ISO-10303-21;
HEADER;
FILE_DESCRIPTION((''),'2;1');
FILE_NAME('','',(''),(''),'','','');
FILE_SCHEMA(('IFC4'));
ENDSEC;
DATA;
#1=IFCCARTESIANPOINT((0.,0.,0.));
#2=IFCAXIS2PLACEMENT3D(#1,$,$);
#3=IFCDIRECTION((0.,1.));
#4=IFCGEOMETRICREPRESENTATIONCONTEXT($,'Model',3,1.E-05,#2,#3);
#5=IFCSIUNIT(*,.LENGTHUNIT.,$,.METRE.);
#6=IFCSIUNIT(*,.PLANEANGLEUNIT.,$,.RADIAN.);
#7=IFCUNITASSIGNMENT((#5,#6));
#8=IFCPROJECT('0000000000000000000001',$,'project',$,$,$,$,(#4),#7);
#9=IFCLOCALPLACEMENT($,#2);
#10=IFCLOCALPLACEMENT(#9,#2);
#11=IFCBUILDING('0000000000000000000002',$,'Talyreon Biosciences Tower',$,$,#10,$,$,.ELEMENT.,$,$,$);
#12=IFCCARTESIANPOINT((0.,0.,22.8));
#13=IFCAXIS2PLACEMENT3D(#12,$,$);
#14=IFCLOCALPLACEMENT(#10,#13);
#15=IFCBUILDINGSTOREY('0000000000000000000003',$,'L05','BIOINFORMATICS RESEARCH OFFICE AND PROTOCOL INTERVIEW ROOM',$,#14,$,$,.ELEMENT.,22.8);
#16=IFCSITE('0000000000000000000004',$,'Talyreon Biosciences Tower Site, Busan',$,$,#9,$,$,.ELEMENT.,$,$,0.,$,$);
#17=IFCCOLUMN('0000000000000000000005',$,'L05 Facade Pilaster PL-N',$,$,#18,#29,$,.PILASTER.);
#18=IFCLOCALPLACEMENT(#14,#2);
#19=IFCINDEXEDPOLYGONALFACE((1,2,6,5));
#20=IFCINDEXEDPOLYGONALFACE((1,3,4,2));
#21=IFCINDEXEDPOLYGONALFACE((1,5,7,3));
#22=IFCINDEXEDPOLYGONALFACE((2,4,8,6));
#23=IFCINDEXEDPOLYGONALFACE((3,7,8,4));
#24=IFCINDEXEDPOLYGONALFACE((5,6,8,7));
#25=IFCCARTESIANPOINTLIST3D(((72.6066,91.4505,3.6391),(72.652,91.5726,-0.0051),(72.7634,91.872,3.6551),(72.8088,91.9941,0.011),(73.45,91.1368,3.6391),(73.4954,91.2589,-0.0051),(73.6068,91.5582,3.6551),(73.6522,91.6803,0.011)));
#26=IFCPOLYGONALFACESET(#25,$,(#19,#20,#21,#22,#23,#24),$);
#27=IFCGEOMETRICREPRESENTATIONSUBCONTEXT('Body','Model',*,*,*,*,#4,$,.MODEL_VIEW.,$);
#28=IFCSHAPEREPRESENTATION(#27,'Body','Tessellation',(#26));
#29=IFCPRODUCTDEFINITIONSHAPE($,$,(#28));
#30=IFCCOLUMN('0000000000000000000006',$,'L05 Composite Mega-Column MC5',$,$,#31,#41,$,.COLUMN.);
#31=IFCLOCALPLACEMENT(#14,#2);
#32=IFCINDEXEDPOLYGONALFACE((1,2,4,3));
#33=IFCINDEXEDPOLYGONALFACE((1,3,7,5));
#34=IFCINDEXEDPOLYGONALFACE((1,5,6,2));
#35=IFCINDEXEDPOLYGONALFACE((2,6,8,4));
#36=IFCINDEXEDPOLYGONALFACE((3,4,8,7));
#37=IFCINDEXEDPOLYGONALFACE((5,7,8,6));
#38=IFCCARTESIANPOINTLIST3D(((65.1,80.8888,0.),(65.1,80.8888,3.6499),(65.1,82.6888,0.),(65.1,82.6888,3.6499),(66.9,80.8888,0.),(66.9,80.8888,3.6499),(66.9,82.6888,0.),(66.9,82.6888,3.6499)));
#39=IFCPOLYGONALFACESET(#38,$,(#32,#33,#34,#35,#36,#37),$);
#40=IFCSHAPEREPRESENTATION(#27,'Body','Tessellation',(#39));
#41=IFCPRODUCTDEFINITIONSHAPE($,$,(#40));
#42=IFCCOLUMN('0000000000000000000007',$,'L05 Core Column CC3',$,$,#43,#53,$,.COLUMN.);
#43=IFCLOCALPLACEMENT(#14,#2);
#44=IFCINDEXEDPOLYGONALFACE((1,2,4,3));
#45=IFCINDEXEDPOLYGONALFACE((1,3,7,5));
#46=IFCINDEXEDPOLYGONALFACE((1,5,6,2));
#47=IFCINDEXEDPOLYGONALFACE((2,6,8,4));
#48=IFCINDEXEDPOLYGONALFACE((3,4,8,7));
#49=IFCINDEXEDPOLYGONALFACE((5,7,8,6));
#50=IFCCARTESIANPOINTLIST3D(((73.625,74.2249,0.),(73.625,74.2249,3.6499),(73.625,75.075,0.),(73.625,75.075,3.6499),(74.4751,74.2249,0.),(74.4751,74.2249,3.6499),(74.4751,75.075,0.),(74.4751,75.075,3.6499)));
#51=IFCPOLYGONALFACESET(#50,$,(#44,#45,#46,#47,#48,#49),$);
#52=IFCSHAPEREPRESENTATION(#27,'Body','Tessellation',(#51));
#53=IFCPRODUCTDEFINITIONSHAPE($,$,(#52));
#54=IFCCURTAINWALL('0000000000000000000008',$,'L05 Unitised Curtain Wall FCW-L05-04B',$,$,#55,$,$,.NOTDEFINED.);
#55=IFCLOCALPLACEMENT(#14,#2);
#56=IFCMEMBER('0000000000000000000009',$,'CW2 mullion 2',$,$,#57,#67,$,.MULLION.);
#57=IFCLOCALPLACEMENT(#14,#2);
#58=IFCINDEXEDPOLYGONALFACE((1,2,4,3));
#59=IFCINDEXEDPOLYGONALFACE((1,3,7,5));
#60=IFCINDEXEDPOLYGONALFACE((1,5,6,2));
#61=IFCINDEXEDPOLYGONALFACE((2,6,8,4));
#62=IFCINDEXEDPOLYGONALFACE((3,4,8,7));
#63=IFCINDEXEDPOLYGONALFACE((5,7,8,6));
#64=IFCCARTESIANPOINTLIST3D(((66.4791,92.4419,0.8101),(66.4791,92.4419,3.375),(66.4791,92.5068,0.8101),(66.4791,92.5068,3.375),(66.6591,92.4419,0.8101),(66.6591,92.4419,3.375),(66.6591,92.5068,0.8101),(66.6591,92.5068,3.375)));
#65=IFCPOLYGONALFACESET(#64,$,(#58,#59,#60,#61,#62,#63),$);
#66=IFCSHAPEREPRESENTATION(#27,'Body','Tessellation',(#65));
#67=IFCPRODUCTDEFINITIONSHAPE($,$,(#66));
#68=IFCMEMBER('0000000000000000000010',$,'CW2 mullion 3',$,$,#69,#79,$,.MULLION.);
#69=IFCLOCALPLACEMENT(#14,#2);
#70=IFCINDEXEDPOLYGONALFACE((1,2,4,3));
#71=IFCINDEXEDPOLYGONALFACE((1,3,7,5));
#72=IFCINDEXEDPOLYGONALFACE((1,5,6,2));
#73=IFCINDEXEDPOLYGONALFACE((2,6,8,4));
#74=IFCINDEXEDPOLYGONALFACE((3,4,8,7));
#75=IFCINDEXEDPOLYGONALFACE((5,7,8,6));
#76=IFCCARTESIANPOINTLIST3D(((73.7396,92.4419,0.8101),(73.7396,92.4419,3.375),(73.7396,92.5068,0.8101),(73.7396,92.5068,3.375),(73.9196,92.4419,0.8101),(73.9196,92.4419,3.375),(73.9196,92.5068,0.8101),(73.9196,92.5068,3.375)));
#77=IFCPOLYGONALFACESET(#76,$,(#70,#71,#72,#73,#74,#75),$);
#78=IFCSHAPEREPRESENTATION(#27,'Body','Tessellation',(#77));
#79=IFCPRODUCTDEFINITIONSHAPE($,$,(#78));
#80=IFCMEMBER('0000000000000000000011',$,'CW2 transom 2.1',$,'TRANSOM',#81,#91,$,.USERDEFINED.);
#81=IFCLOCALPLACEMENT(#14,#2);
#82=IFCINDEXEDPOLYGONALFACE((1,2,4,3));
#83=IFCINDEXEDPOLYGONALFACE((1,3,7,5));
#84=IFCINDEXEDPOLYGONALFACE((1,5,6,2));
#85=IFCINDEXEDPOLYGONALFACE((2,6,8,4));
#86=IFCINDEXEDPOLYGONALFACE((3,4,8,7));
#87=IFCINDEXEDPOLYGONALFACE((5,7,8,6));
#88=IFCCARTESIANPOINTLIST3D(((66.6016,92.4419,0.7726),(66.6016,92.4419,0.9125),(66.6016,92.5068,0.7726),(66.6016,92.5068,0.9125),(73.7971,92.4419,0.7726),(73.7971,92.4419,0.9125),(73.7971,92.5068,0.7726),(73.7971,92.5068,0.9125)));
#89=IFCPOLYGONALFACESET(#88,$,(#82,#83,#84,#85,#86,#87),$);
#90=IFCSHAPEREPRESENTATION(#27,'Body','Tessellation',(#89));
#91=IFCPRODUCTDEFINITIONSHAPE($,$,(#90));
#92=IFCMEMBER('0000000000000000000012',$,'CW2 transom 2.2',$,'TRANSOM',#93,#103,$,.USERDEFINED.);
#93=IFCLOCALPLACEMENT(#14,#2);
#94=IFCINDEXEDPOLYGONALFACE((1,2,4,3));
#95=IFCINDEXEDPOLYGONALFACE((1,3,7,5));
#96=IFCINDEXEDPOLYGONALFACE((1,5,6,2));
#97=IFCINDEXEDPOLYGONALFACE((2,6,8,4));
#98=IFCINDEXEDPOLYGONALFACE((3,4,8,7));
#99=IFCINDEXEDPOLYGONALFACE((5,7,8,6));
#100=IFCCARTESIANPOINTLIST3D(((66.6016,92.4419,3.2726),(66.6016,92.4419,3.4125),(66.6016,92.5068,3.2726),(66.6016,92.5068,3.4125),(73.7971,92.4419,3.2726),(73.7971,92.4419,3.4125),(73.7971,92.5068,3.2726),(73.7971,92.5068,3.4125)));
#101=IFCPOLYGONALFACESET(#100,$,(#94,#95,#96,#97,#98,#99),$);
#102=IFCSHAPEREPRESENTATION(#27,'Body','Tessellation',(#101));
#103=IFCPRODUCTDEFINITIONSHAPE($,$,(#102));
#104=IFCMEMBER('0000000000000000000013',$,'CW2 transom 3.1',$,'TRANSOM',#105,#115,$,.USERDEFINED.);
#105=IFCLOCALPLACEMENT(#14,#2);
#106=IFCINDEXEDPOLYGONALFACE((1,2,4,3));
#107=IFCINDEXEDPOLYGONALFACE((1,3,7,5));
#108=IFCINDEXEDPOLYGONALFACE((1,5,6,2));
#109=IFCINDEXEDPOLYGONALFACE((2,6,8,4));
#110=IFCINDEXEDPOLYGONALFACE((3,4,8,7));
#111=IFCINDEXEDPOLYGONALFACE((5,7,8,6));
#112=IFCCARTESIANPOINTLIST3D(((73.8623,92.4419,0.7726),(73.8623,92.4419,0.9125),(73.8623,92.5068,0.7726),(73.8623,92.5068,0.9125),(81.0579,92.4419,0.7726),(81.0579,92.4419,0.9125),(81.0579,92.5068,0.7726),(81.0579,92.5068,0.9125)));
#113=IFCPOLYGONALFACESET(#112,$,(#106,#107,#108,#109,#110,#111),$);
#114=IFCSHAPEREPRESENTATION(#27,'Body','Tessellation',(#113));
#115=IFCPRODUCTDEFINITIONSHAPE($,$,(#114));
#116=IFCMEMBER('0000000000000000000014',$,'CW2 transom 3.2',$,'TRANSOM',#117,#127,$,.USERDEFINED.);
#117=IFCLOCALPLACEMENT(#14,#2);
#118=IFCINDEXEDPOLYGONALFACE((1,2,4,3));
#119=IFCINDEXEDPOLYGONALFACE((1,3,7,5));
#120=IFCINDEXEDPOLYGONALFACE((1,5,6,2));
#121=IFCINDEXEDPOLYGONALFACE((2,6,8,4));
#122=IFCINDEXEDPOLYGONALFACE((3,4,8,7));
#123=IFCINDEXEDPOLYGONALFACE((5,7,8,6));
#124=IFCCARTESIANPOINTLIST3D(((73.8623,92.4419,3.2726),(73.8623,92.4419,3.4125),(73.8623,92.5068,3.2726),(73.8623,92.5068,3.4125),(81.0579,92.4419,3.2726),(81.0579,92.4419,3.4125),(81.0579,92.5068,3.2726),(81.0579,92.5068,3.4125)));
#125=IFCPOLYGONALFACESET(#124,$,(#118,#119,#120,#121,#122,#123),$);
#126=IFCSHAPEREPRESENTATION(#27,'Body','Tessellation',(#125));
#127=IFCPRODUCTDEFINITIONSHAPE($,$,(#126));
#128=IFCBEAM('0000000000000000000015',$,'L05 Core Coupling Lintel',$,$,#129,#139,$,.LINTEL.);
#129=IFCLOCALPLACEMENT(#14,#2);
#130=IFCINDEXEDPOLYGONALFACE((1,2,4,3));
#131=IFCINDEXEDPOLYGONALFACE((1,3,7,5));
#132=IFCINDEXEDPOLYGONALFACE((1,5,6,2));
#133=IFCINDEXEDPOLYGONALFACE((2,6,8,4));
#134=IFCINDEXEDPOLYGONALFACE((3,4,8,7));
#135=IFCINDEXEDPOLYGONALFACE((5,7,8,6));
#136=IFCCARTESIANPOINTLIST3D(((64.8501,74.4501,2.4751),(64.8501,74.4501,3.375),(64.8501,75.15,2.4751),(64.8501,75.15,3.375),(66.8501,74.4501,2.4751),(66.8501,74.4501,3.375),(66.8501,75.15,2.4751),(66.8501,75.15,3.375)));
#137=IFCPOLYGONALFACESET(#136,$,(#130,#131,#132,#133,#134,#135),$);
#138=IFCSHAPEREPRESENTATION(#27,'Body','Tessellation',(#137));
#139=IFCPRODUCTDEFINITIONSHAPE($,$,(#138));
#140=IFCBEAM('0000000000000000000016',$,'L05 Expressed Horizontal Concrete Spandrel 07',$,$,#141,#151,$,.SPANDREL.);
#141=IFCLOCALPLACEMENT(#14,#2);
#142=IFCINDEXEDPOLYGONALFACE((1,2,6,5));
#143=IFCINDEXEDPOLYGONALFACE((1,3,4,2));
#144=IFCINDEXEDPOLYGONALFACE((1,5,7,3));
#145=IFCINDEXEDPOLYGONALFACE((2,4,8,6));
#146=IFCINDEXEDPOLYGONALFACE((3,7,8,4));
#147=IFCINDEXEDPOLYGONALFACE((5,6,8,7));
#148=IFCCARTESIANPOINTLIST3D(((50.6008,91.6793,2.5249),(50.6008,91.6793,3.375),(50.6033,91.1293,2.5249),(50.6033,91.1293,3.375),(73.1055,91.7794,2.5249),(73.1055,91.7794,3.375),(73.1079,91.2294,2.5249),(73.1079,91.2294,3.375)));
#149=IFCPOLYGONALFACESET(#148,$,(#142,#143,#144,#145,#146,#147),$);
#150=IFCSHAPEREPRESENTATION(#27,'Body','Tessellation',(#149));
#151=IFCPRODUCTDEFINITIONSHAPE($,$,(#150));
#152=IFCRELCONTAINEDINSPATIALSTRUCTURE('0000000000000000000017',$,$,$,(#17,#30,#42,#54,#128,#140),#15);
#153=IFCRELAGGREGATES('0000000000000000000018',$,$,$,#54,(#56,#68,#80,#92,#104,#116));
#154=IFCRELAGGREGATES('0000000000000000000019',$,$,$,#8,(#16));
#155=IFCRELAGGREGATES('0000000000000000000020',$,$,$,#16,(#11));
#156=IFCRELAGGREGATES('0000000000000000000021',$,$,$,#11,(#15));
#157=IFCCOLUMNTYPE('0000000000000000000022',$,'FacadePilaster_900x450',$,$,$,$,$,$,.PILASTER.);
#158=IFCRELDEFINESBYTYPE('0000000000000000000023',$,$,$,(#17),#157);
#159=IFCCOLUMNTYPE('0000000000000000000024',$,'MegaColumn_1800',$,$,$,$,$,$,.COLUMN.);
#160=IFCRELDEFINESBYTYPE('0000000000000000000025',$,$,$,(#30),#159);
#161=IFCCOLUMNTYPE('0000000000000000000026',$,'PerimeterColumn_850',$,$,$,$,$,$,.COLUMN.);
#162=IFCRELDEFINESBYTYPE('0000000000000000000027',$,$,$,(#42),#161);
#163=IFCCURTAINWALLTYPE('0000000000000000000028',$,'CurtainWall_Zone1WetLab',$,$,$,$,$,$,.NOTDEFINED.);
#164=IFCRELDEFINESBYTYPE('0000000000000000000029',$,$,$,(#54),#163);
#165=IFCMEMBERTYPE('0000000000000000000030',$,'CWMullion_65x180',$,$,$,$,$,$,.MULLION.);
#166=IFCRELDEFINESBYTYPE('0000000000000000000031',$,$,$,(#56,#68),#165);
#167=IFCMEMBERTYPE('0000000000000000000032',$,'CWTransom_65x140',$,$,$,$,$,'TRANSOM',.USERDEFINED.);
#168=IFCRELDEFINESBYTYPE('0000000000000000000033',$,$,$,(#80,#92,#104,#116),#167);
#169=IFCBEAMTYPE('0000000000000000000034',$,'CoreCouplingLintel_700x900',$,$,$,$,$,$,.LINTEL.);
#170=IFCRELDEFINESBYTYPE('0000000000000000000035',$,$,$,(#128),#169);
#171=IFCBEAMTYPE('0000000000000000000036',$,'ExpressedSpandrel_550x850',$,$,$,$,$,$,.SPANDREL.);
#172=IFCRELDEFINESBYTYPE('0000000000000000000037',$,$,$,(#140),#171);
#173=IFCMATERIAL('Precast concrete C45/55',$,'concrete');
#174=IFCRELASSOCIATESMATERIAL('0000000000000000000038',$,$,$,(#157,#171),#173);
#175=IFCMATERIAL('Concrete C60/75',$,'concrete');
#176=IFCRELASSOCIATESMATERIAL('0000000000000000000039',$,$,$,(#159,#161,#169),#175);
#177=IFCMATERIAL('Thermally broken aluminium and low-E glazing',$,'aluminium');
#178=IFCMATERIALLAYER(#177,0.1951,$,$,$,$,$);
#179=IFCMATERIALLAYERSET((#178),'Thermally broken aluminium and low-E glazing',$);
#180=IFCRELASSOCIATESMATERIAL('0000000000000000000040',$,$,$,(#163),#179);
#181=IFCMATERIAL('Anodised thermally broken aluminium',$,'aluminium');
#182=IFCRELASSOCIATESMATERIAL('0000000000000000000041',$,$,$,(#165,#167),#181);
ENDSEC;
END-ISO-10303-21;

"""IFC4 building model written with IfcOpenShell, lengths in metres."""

from ifc_helpers import new_model, si_unit, direction, frame, origin, origin_2d, place, context, subcontext, project, spatial, rectangle, extrude, material, layer, layer_set, material_profile, profile_set, type_object, element, aggregate, save


model = new_model("IFC4")

# Units and contexts
model_context = context("Model", 3, precision=1e-05, world=origin(), true_north=direction((0.0, 1.0)))
body_context = subcontext(model_context, "Body", "Model", "MODEL_VIEW")
ifc_project = project(units=[si_unit("LENGTHUNIT", "METRE"), si_unit("PLANEANGLEUNIT", "RADIAN")], contexts=[model_context])

# Site, building, storey
site_placement = place(None, origin())
site = spatial("IfcSite", under=ifc_project, at=site_placement, Name="Talyreon Biosciences Tower Site, Busan", CompositionType="ELEMENT", RefElevation=0.0)
building_placement = place(site_placement, origin())
building = spatial("IfcBuilding", under=site, at=building_placement, Name="Talyreon Biosciences Tower", CompositionType="ELEMENT")
storey_placement = place(building_placement, frame((0.0, 0.0, 22.8)))
storey = spatial("IfcBuildingStorey", under=building, at=storey_placement, Name="L05", Description="BIOINFORMATICS RESEARCH OFFICE AND PROTOCOL INTERVIEW ROOM", CompositionType="ELEMENT", Elevation=22.8)

# Columns
ifc_material_1 = material(Name="Precast concrete C45/55", Category="concrete")
ifc_material_profile_1 = material_profile(ifc_material_1, rectangle(XDim=0.8999, YDim=0.45, at=origin_2d()), Name="RC 900x450")
ifc_profile_set_1 = profile_set([ifc_material_profile_1], Name="Precast concrete C45/55")
column_type_1 = type_object("IfcColumnType", Name="FacadePilaster_900x450", PredefinedType="PILASTER", material=ifc_profile_set_1)
column_1_placement = place(storey_placement, frame((73.1521, 91.6265, 0.0029), z_axis=(-0.012454, -0.033477, 0.999362), x_axis=(-0.93725, 0.348657, 0.0)))
element("IfcColumn", 1, at=column_1_placement, inside=storey, type_object=column_type_1, Name="L05 Facade Pilaster PL-N", PredefinedType="PILASTER", context=body_context, shape_type="SweptSolid", body=[
    extrude(rectangle(XDim=0.8999, YDim=0.45, at=origin_2d()), origin(), (0.0, 0.0, 1.0), 3.6465),
])
ifc_material_2 = material(Name="Concrete C60/75", Category="concrete")
ifc_material_profile_2 = material_profile(ifc_material_2, rectangle(XDim=1.8, YDim=1.8, at=origin_2d()), Name="RC 1800x1800")
ifc_profile_set_2 = profile_set([ifc_material_profile_2], Name="Concrete C60/75")
column_type_2 = type_object("IfcColumnType", Name="MegaColumn_1800", PredefinedType="COLUMN", material=ifc_profile_set_2)
column_2_placement = place(storey_placement, frame((66.0, 81.7888, 0.0), z_axis=(0.0, 0.0, 1.0), x_axis=(1.0, 0.0, 0.0)))
element("IfcColumn", 2, at=column_2_placement, inside=storey, type_object=column_type_2, Name="L05 Composite Mega-Column MC5", PredefinedType="COLUMN", context=body_context, shape_type="SweptSolid", body=[
    extrude(rectangle(XDim=1.8, YDim=1.8, at=origin_2d()), origin(), (0.0, 0.0, 1.0), 3.6499),
])
ifc_material_profile_3 = material_profile(ifc_material_2, rectangle(XDim=0.8501, YDim=0.8501, at=origin_2d()), Name="RC 850x850")
ifc_profile_set_3 = profile_set([ifc_material_profile_3], Name="Concrete C60/75")
column_type_3 = type_object("IfcColumnType", Name="PerimeterColumn_850", PredefinedType="COLUMN", material=ifc_profile_set_3)
column_3_placement = place(storey_placement, frame((74.05, 74.6499, 0.0), z_axis=(0.0, 0.0, 1.0), x_axis=(1.0, 0.0, 0.0)))
element("IfcColumn", 3, at=column_3_placement, inside=storey, type_object=column_type_3, Name="L05 Core Column CC3", PredefinedType="COLUMN", context=body_context, shape_type="SweptSolid", body=[
    extrude(rectangle(XDim=0.8501, YDim=0.8501, at=origin_2d()), origin(), (0.0, 0.0, 1.0), 3.6499),
])

# Curtain wall, members
ifc_material_3 = material(Name="Thermally broken aluminium and low-E glazing", Category="aluminium")
ifc_layer_1 = layer(ifc_material_3, 0.1951)
ifc_layer_set_1 = layer_set([ifc_layer_1], Name="Thermally broken aluminium and low-E glazing")
curtain_wall_type = type_object("IfcCurtainWallType", Name="CurtainWall_Zone1WetLab", PredefinedType="NOTDEFINED", material=ifc_layer_set_1)
curtain_wall_placement = place(storey_placement, origin())
curtain_wall = element("IfcCurtainWall", 4, at=curtain_wall_placement, inside=storey, type_object=curtain_wall_type, Name="L05 Unitised Curtain Wall FCW-L05-04B", PredefinedType="NOTDEFINED")
ifc_material_4 = material(Name="Anodised thermally broken aluminium", Category="aluminium")
ifc_material_profile_4 = material_profile(ifc_material_4, rectangle(XDim=0.0649, YDim=0.1799, at=origin_2d()), Name="ALUM MULLION 65x180")
ifc_profile_set_4 = profile_set([ifc_material_profile_4], Name="Anodised thermally broken aluminium")
member_type_1 = type_object("IfcMemberType", Name="CWMullion_65x180", PredefinedType="MULLION", material=ifc_profile_set_4)
member_1_placement = place(storey_placement, frame((66.5691, 92.4744, 0.8101), z_axis=(0.0, 0.0, 1.0), x_axis=(0.0, 1.0, 0.0)))
member_1 = element("IfcMember", 5, at=member_1_placement, type_object=member_type_1, Name="CW2 mullion 2", PredefinedType="MULLION", context=body_context, shape_type="SweptSolid", body=[
    extrude(rectangle(XDim=0.0649, YDim=0.1799, at=origin_2d()), origin(), (0.0, 0.0, 1.0), 2.5649),
])
member_2_placement = place(storey_placement, frame((73.8296, 92.4744, 0.8101), z_axis=(0.0, 0.0, 1.0), x_axis=(0.0, 1.0, 0.0)))
member_2 = element("IfcMember", 6, at=member_2_placement, type_object=member_type_1, Name="CW2 mullion 3", PredefinedType="MULLION", context=body_context, shape_type="SweptSolid", body=[
    extrude(rectangle(XDim=0.0649, YDim=0.1799, at=origin_2d()), origin(), (0.0, 0.0, 1.0), 2.5649),
])
ifc_material_profile_5 = material_profile(ifc_material_4, rectangle(XDim=0.0649, YDim=0.1399, at=origin_2d()), Name="ALUM TRANSOM 65x140")
ifc_profile_set_5 = profile_set([ifc_material_profile_5], Name="Anodised thermally broken aluminium")
member_type_2 = type_object("IfcMemberType", Name="CWTransom_65x140", ElementType="TRANSOM", PredefinedType="USERDEFINED", material=ifc_profile_set_5)
member_3_placement = place(storey_placement, frame((66.6016, 92.4744, 0.8425), z_axis=(1.0, 0.0, 0.0), x_axis=(0.0, 1.0, 0.0)))
member_3 = element("IfcMember", 7, at=member_3_placement, type_object=member_type_2, Name="CW2 transom 2.1", ObjectType="TRANSOM", PredefinedType="USERDEFINED", context=body_context, shape_type="SweptSolid", body=[
    extrude(rectangle(XDim=0.0649, YDim=0.1399, at=origin_2d()), origin(), (0.0, 0.0, 1.0), 7.1956),
])
member_4_placement = place(storey_placement, frame((66.6016, 92.4744, 3.3425), z_axis=(1.0, 0.0, 0.0), x_axis=(0.0, 1.0, 0.0)))
member_4 = element("IfcMember", 8, at=member_4_placement, type_object=member_type_2, Name="CW2 transom 2.2", ObjectType="TRANSOM", PredefinedType="USERDEFINED", context=body_context, shape_type="SweptSolid", body=[
    extrude(rectangle(XDim=0.0649, YDim=0.1399, at=origin_2d()), origin(), (0.0, 0.0, 1.0), 7.1956),
])
member_5_placement = place(storey_placement, frame((73.8623, 92.4744, 0.8425), z_axis=(1.0, 0.0, 0.0), x_axis=(0.0, 1.0, 0.0)))
member_5 = element("IfcMember", 9, at=member_5_placement, type_object=member_type_2, Name="CW2 transom 3.1", ObjectType="TRANSOM", PredefinedType="USERDEFINED", context=body_context, shape_type="SweptSolid", body=[
    extrude(rectangle(XDim=0.0649, YDim=0.1399, at=origin_2d()), origin(), (0.0, 0.0, 1.0), 7.1956),
])
member_6_placement = place(storey_placement, frame((73.8623, 92.4744, 3.3425), z_axis=(1.0, 0.0, 0.0), x_axis=(0.0, 1.0, 0.0)))
member_6 = element("IfcMember", 10, at=member_6_placement, type_object=member_type_2, Name="CW2 transom 3.2", ObjectType="TRANSOM", PredefinedType="USERDEFINED", context=body_context, shape_type="SweptSolid", body=[
    extrude(rectangle(XDim=0.0649, YDim=0.1399, at=origin_2d()), origin(), (0.0, 0.0, 1.0), 7.1956),
])

# Beams
ifc_material_profile_6 = material_profile(ifc_material_2, rectangle(XDim=0.7, YDim=0.8999, at=origin_2d()), Name="RCB 700x900")
ifc_profile_set_6 = profile_set([ifc_material_profile_6], Name="Concrete C60/75")
beam_type_1 = type_object("IfcBeamType", Name="CoreCouplingLintel_700x900", PredefinedType="LINTEL", material=ifc_profile_set_6)
beam_1_placement = place(storey_placement, frame((64.8501, 74.8, 2.925), z_axis=(1.0, 0.0, 0.0), x_axis=(0.0, 1.0, 0.0)))
element("IfcBeam", 11, at=beam_1_placement, inside=storey, type_object=beam_type_1, Name="L05 Core Coupling Lintel", PredefinedType="LINTEL", context=body_context, shape_type="SweptSolid", body=[
    extrude(rectangle(XDim=0.7, YDim=0.8999, at=origin_2d()), origin(), (0.0, 0.0, 1.0), 2.0),
])
ifc_material_profile_7 = material_profile(ifc_material_1, rectangle(XDim=0.55, YDim=0.8501, at=origin_2d()), Name="RCB 550x850")
ifc_profile_set_7 = profile_set([ifc_material_profile_7], Name="Precast concrete C45/55")
beam_type_2 = type_object("IfcBeamType", Name="ExpressedSpandrel_550x850", PredefinedType="SPANDREL", material=ifc_profile_set_7)
beam_2_placement = place(storey_placement, frame((73.1067, 91.5044, 2.95), z_axis=(-0.99999, -0.004448, 0.0), x_axis=(0.004448, -0.99999, 0.0)))
element("IfcBeam", 12, at=beam_2_placement, inside=storey, type_object=beam_type_2, Name="L05 Expressed Horizontal Concrete Spandrel 07", PredefinedType="SPANDREL", context=body_context, shape_type="SweptSolid", body=[
    extrude(rectangle(XDim=0.55, YDim=0.8501, at=origin_2d()), origin(), (0.0, 0.0, 1.0), 22.5049),
])

aggregate(curtain_wall, [member_1, member_2, member_3, member_4, member_5, member_6])

save(model, "model.ifc")
